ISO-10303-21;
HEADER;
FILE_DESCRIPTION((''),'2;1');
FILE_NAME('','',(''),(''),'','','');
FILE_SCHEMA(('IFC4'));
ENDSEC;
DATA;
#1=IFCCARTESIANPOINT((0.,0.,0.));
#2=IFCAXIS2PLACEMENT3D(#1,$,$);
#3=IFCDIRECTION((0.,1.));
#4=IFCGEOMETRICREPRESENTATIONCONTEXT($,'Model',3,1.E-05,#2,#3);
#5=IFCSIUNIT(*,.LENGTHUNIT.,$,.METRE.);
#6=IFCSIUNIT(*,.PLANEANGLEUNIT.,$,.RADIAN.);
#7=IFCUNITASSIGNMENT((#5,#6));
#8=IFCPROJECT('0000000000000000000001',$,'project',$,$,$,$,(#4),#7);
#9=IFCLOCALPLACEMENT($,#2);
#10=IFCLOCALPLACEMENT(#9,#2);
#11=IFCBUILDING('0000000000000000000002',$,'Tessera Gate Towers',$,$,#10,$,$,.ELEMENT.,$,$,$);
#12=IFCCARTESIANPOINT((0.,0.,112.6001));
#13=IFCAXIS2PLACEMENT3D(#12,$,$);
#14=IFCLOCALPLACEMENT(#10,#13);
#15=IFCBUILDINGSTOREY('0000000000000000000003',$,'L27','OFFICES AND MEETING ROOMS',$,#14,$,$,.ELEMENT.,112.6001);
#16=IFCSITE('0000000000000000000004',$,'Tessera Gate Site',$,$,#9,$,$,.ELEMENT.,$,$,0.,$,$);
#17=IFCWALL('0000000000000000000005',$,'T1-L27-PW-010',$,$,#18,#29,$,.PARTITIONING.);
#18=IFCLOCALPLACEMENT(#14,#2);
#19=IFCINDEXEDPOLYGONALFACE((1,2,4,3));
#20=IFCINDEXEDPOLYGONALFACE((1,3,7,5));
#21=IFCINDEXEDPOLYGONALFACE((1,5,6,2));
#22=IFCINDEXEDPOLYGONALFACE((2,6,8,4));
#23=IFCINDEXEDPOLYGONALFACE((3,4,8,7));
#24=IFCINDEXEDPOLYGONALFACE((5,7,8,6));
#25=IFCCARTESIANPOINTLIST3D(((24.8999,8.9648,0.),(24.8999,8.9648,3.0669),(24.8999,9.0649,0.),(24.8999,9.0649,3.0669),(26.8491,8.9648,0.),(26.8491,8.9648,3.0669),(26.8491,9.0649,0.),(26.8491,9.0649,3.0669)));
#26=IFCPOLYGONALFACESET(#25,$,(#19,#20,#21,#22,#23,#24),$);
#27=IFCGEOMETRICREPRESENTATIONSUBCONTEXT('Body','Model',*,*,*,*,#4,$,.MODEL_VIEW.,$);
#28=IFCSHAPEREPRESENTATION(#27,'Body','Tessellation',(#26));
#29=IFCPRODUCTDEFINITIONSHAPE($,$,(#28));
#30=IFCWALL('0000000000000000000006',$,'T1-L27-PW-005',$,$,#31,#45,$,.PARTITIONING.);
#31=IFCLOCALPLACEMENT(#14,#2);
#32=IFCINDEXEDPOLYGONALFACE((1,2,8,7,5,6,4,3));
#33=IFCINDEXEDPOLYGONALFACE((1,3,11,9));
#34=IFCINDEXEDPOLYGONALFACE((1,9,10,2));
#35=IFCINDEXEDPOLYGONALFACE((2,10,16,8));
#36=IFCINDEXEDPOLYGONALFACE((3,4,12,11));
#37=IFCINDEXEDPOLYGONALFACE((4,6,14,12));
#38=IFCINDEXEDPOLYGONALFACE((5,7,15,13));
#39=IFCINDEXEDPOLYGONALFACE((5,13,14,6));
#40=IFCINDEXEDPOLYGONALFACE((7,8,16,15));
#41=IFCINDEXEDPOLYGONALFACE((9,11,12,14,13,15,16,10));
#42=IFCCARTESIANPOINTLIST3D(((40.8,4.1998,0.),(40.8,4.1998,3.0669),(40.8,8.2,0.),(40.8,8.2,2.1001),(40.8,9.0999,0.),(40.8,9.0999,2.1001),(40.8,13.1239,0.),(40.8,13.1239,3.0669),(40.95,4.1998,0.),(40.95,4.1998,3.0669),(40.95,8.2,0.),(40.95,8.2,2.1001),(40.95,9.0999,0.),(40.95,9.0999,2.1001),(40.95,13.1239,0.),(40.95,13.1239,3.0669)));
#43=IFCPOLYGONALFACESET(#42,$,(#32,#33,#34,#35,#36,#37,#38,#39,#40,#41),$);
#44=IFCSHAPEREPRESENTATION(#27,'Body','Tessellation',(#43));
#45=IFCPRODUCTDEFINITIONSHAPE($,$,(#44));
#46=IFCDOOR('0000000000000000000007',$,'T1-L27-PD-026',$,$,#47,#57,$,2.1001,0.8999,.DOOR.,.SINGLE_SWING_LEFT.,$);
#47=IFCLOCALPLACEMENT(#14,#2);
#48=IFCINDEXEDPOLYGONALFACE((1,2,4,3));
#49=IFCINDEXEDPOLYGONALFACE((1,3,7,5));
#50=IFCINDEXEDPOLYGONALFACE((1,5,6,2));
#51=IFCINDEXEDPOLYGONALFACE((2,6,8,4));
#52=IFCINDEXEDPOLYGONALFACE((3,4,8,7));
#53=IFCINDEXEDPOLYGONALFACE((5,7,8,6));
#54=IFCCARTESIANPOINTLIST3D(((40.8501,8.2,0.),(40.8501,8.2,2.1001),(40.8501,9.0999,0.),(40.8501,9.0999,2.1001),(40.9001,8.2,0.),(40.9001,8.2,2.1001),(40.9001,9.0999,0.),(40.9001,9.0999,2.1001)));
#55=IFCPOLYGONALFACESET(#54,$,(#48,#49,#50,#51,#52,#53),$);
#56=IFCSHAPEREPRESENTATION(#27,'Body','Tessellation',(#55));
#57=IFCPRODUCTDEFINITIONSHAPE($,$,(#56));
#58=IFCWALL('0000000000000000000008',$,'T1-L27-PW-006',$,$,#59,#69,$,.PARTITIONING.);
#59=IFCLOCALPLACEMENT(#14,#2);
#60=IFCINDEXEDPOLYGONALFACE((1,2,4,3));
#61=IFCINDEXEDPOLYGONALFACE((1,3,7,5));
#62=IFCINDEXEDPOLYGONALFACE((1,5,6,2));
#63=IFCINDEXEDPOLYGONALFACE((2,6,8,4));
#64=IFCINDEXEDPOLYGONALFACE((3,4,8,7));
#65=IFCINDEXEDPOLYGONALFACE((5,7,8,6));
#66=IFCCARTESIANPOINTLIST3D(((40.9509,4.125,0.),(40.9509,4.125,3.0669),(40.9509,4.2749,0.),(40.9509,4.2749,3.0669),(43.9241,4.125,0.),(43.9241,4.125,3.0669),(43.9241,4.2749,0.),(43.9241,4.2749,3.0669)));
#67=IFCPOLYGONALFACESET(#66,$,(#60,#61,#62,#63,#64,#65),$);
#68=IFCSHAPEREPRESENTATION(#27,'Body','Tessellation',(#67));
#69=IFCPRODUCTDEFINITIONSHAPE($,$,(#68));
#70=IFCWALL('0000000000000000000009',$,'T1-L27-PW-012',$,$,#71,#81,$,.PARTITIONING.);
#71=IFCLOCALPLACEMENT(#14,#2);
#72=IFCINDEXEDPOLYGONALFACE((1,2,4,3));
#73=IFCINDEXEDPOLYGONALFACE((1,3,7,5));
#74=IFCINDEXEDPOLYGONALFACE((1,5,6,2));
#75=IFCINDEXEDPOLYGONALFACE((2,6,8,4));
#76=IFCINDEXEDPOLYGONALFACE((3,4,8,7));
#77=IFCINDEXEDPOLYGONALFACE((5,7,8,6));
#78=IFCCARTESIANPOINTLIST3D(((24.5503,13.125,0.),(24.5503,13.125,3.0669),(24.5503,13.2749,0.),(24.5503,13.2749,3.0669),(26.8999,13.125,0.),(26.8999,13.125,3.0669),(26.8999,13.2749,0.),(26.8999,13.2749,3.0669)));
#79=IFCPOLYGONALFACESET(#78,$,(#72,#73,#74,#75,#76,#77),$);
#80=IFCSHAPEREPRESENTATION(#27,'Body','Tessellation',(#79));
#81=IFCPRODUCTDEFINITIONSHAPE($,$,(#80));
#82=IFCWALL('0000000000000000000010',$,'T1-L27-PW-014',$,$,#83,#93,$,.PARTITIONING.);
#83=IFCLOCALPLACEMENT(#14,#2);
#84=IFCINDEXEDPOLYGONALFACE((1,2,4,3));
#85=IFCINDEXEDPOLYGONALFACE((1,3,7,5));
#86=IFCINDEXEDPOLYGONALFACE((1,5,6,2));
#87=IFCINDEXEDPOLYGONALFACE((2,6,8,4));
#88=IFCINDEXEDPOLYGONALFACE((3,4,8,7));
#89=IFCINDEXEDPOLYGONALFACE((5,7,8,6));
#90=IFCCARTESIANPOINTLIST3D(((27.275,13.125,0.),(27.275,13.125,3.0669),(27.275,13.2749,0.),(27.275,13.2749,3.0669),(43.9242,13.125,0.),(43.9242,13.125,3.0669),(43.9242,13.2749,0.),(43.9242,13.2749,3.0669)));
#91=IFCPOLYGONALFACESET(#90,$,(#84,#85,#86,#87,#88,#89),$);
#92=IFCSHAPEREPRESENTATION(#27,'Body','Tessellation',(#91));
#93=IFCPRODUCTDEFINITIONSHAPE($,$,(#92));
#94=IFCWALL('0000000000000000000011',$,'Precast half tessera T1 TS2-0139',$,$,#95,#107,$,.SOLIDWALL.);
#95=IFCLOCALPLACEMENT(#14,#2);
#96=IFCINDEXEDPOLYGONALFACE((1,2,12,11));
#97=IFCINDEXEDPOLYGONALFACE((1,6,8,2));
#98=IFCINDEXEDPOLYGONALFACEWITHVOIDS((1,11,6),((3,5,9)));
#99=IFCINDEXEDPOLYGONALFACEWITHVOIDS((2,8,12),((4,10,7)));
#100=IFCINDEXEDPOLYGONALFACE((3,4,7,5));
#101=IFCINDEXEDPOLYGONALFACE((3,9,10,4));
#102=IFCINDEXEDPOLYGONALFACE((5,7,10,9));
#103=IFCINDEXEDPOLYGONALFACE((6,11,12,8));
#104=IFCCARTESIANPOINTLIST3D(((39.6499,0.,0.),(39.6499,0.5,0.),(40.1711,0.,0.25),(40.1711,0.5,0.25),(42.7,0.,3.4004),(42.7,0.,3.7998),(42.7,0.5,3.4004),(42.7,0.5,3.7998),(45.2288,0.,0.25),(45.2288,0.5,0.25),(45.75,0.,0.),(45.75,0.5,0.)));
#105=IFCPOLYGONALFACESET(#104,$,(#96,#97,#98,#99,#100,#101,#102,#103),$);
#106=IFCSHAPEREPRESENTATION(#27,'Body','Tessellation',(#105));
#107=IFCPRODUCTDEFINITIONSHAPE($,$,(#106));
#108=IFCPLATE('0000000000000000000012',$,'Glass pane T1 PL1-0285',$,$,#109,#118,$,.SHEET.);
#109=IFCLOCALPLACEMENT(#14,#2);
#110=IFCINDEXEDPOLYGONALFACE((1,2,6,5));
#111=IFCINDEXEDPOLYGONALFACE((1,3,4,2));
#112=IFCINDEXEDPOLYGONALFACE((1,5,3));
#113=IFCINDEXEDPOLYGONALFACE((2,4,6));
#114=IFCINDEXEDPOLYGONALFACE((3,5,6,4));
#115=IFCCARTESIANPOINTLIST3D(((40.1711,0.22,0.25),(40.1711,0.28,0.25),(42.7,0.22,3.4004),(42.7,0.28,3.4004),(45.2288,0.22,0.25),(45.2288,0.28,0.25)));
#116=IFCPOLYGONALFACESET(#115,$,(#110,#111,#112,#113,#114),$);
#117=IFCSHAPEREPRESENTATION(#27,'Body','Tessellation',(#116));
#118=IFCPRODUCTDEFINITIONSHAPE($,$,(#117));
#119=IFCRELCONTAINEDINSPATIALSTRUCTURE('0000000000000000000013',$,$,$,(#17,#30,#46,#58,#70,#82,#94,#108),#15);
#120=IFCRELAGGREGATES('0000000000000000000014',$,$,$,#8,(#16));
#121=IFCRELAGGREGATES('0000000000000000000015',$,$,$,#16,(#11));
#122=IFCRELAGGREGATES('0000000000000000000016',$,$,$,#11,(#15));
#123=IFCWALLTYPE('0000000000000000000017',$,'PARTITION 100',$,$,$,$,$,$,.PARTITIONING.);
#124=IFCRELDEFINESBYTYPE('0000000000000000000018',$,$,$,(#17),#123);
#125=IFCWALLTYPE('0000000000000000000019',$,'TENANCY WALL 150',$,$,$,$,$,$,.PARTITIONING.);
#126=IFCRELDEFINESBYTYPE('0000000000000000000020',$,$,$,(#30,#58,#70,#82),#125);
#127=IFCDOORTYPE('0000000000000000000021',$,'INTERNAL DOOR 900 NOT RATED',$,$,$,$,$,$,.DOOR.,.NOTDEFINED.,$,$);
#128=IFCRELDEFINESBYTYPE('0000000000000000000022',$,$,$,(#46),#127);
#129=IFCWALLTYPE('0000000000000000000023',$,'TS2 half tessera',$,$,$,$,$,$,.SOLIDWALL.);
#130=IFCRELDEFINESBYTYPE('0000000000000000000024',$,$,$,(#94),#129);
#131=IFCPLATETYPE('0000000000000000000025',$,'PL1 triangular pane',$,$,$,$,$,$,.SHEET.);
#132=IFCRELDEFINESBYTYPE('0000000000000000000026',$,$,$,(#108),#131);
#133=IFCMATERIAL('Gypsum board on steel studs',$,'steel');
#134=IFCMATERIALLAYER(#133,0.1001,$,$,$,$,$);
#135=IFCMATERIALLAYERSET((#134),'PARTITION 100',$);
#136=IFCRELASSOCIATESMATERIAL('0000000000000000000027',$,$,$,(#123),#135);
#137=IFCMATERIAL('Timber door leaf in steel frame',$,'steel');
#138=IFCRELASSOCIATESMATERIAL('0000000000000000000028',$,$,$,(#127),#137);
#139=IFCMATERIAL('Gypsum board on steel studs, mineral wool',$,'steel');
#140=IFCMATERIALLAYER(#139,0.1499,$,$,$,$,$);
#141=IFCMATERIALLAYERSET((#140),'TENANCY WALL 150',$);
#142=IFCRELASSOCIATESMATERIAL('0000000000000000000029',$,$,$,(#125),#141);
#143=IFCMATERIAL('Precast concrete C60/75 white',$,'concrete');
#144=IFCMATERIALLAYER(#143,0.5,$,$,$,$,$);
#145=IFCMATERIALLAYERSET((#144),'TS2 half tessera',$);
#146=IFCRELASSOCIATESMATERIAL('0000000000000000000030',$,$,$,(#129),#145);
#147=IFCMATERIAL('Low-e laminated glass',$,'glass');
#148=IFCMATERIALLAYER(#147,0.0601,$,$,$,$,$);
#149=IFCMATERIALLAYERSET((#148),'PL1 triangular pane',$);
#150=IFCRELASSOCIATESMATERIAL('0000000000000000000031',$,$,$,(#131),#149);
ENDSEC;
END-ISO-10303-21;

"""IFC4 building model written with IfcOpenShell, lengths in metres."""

from ifc_helpers import new_model, si_unit, direction, frame, frame_2d, origin, place, context, subcontext, project, spatial, polyline, rectangle, outline, extrude, source, transform, mapped, material, layer, layer_set, type_object, element, fill, save


model = new_model("IFC4")

# Units and contexts
model_context = context("Model", 3, precision=1e-05, world=origin(), true_north=direction((0.0, 1.0)))
body_context = subcontext(model_context, "Body", "Model", "MODEL_VIEW")
ifc_project = project(units=[si_unit("LENGTHUNIT", "METRE"), si_unit("PLANEANGLEUNIT", "RADIAN")], contexts=[model_context])

# Site, building, storey
site_placement = place(None, origin())
site = spatial("IfcSite", under=ifc_project, at=site_placement, Name="Tessera Gate Site", CompositionType="ELEMENT", RefElevation=0.0)
building_placement = place(site_placement, origin())
building = spatial("IfcBuilding", under=site, at=building_placement, Name="Tessera Gate Towers", CompositionType="ELEMENT")
storey_placement = place(building_placement, frame((0.0, 0.0, 112.6001)))
storey = spatial("IfcBuildingStorey", under=building, at=storey_placement, Name="L27", Description="OFFICES AND MEETING ROOMS", CompositionType="ELEMENT", Elevation=112.6001)

# Shared definitions
shared_shape_1 = source(origin(), body_context, "Body", "SweptSolid", [
    extrude(rectangle(XDim=0.8999, YDim=2.1001, at=frame_2d((0.45, 1.05))), frame((0.0, 0.0249, 0.0), z_axis=(0.0, -1.0, 0.0), x_axis=(1.0, 0.0, 0.0)), (0.0, 0.0, 1.0), 0.05),
])

# Shared definitions
ifc_material_1 = material(Name="Gypsum board on steel studs", Category="steel")
ifc_layer_1 = layer(ifc_material_1, 0.1001)
ifc_layer_set_1 = layer_set([ifc_layer_1], Name="PARTITION 100")
wall_type_1 = type_object("IfcWallType", Name="PARTITION 100", PredefinedType="PARTITIONING", material=ifc_layer_set_1)

# Shared definitions
ifc_material_2 = material(Name="Timber door leaf in steel frame", Category="steel")
door_type_1 = type_object("IfcDoorType", Name="INTERNAL DOOR 900 NOT RATED", OperationType="NOTDEFINED", PredefinedType="DOOR", material=ifc_material_2)

# Wall
wall_1_placement = place(storey_placement, frame((24.8999, 9.0149, 0.0), z_axis=(0.0, 0.0, 1.0), x_axis=(1.0, 0.0, 0.0)))
element("IfcWall", 1, at=wall_1_placement, inside=storey, type_object=wall_type_1, Name="T1-L27-PW-010", PredefinedType="PARTITIONING", context=body_context, shape_type="SweptSolid", body=[
    extrude(rectangle(XDim=1.9492, YDim=0.1001, at=frame_2d((0.9746, 0.0))), origin(), (0.0, 0.0, 1.0), 3.0669),
])

# Wall, opening, door
ifc_material_3 = material(Name="Gypsum board on steel studs, mineral wool", Category="steel")
ifc_layer_2 = layer(ifc_material_3, 0.1499)
ifc_layer_set_2 = layer_set([ifc_layer_2], Name="TENANCY WALL 150")
wall_type_2 = type_object("IfcWallType", Name="TENANCY WALL 150", PredefinedType="PARTITIONING", material=ifc_layer_set_2)
wall_2_placement = place(storey_placement, frame((40.875, 4.2, 0.0), z_axis=(0.0, 0.0, 1.0), x_axis=(0.0, 1.0, 0.0)))
wall_2 = element("IfcWall", 2, at=wall_2_placement, inside=storey, type_object=wall_type_2, Name="T1-L27-PW-005", PredefinedType="PARTITIONING", context=body_context, shape_type="SweptSolid", body=[
    extrude(rectangle(XDim=8.9241, YDim=0.1499, at=frame_2d((4.4619, 0.0))), origin(), (0.0, 0.0, 1.0), 3.0669),
])
shared_shape_2 = source(origin(), body_context, "Body", "SweptSolid", [
    extrude(rectangle(XDim=0.8999, YDim=2.1001, at=frame_2d((0.45, 1.05))), frame((0.0, 0.085, 0.0), z_axis=(0.0, -1.0, 0.0), x_axis=(1.0, 0.0, 0.0)), (0.0, 0.0, 1.0), 0.1699),
])
opening_1_placement = place(wall_2_placement, frame((4.0, 0.0, 0.0)))
opening_1 = element("IfcOpeningElement", 3, at=opening_1_placement, cuts=wall_2, PredefinedType="OPENING", context=body_context, shape_type="MappedRepresentation", body=[
    mapped(shared_shape_2, transform((0.0, 0.0, 0.0), scale=1.0)),
])
door_1_placement = place(opening_1_placement, origin())
door_1 = element("IfcDoor", 4, at=door_1_placement, inside=storey, type_object=door_type_1, Name="T1-L27-PD-026", OperationType="SINGLE_SWING_LEFT", OverallHeight=2.1001, OverallWidth=0.8999, PredefinedType="DOOR", context=body_context, shape_type="MappedRepresentation", body=[
    mapped(shared_shape_1, transform((0.0, 0.0, 0.0), scale=1.0)),
])
fill(opening_1, door_1)

# Walls
wall_3_placement = place(storey_placement, frame((40.9509, 4.2, 0.0), z_axis=(0.0, 0.0, 1.0), x_axis=(1.0, 0.0, 0.0)))
element("IfcWall", 5, at=wall_3_placement, inside=storey, type_object=wall_type_2, Name="T1-L27-PW-006", PredefinedType="PARTITIONING", context=body_context, shape_type="SweptSolid", body=[
    extrude(rectangle(XDim=2.9731, YDim=0.1499, at=frame_2d((1.4866, 0.0))), origin(), (0.0, 0.0, 1.0), 3.0669),
])
wall_4_placement = place(storey_placement, frame((24.5503, 13.2, 0.0), z_axis=(0.0, 0.0, 1.0), x_axis=(1.0, 0.0, 0.0)))
element("IfcWall", 6, at=wall_4_placement, inside=storey, type_object=wall_type_2, Name="T1-L27-PW-012", PredefinedType="PARTITIONING", context=body_context, shape_type="SweptSolid", body=[
    extrude(rectangle(XDim=2.3496, YDim=0.1499, at=frame_2d((1.1748, 0.0))), origin(), (0.0, 0.0, 1.0), 3.0669),
])
wall_5_placement = place(storey_placement, frame((27.2749, 13.2, 0.0), z_axis=(0.0, 0.0, 1.0), x_axis=(1.0, 0.0, 0.0)))
element("IfcWall", 7, at=wall_5_placement, inside=storey, type_object=wall_type_2, Name="T1-L27-PW-014", PredefinedType="PARTITIONING", context=body_context, shape_type="SweptSolid", body=[
    extrude(rectangle(XDim=16.6492, YDim=0.1499, at=frame_2d((8.3247, 0.0))), origin(), (0.0, 0.0, 1.0), 3.0669),
])

# Wall, opening, plate
ifc_material_4 = material(Name="Precast concrete C60/75 white", Category="concrete")
ifc_layer_3 = layer(ifc_material_4, 0.5)
ifc_layer_set_3 = layer_set([ifc_layer_3], Name="TS2 half tessera")
wall_type_3 = type_object("IfcWallType", Name="TS2 half tessera", PredefinedType="SOLIDWALL", material=ifc_layer_set_3)
shared_shape_3 = source(origin(), body_context, "Body", "SweptSolid", [
    extrude(outline(polyline([(6.1001, 0.0), (3.05, 3.7998), (0.0, 0.0), (6.1001, 0.0)])), frame((0.0, 0.25, 0.0), z_axis=(0.0, -1.0, 0.0), x_axis=(1.0, 0.0, 0.0)), (0.0, 0.0, 1.0), 0.5),
])
wall_6_placement = place(storey_placement, frame((39.6499, 0.25, 0.0), z_axis=(0.0, 0.0, 1.0), x_axis=(1.0, 0.0, 0.0)))
wall_6 = element("IfcWall", 8, at=wall_6_placement, inside=storey, type_object=wall_type_3, Name="Precast half tessera T1 TS2-0139", PredefinedType="SOLIDWALL", context=body_context, shape_type="MappedRepresentation", body=[
    mapped(shared_shape_3, transform((0.0, 0.0, 0.0), scale=1.0)),
])
shared_shape_4 = source(origin(), body_context, "Body", "SweptSolid", [
    extrude(outline(polyline([(5.5789, 0.25), (3.05, 3.4004), (0.5212, 0.25), (5.5789, 0.25)])), frame((0.0, 0.26, 0.0), z_axis=(0.0, -1.0, 0.0), x_axis=(1.0, 0.0, 0.0)), (0.0, 0.0, 1.0), 0.52),
])
opening_2_placement = place(wall_6_placement, origin())
opening_2 = element("IfcOpeningElement", 9, at=opening_2_placement, cuts=wall_6, PredefinedType="OPENING", context=body_context, shape_type="MappedRepresentation", body=[
    mapped(shared_shape_4, transform((0.0, 0.0, 0.0), scale=1.0)),
])
ifc_material_5 = material(Name="Low-e laminated glass", Category="glass")
ifc_layer_4 = layer(ifc_material_5, 0.0601)
ifc_layer_set_4 = layer_set([ifc_layer_4], Name="PL1 triangular pane")
plate_type = type_object("IfcPlateType", Name="PL1 triangular pane", PredefinedType="SHEET", material=ifc_layer_set_4)
shared_shape_5 = source(origin(), body_context, "Body", "SweptSolid", [
    extrude(outline(polyline([(5.5789, 0.25), (3.05, 3.4004), (0.5212, 0.25), (5.5789, 0.25)])), frame((0.0, 0.03, 0.0), z_axis=(0.0, -1.0, 0.0), x_axis=(1.0, 0.0, 0.0)), (0.0, 0.0, 1.0), 0.0601),
])
plate_placement = place(opening_2_placement, origin())
plate = element("IfcPlate", 10, at=plate_placement, inside=storey, type_object=plate_type, Name="Glass pane T1 PL1-0285", PredefinedType="SHEET", context=body_context, shape_type="MappedRepresentation", body=[
    mapped(shared_shape_5, transform((0.0, 0.0, 0.0), scale=1.0)),
])
fill(opening_2, plate)

save(model, "model.ifc")
